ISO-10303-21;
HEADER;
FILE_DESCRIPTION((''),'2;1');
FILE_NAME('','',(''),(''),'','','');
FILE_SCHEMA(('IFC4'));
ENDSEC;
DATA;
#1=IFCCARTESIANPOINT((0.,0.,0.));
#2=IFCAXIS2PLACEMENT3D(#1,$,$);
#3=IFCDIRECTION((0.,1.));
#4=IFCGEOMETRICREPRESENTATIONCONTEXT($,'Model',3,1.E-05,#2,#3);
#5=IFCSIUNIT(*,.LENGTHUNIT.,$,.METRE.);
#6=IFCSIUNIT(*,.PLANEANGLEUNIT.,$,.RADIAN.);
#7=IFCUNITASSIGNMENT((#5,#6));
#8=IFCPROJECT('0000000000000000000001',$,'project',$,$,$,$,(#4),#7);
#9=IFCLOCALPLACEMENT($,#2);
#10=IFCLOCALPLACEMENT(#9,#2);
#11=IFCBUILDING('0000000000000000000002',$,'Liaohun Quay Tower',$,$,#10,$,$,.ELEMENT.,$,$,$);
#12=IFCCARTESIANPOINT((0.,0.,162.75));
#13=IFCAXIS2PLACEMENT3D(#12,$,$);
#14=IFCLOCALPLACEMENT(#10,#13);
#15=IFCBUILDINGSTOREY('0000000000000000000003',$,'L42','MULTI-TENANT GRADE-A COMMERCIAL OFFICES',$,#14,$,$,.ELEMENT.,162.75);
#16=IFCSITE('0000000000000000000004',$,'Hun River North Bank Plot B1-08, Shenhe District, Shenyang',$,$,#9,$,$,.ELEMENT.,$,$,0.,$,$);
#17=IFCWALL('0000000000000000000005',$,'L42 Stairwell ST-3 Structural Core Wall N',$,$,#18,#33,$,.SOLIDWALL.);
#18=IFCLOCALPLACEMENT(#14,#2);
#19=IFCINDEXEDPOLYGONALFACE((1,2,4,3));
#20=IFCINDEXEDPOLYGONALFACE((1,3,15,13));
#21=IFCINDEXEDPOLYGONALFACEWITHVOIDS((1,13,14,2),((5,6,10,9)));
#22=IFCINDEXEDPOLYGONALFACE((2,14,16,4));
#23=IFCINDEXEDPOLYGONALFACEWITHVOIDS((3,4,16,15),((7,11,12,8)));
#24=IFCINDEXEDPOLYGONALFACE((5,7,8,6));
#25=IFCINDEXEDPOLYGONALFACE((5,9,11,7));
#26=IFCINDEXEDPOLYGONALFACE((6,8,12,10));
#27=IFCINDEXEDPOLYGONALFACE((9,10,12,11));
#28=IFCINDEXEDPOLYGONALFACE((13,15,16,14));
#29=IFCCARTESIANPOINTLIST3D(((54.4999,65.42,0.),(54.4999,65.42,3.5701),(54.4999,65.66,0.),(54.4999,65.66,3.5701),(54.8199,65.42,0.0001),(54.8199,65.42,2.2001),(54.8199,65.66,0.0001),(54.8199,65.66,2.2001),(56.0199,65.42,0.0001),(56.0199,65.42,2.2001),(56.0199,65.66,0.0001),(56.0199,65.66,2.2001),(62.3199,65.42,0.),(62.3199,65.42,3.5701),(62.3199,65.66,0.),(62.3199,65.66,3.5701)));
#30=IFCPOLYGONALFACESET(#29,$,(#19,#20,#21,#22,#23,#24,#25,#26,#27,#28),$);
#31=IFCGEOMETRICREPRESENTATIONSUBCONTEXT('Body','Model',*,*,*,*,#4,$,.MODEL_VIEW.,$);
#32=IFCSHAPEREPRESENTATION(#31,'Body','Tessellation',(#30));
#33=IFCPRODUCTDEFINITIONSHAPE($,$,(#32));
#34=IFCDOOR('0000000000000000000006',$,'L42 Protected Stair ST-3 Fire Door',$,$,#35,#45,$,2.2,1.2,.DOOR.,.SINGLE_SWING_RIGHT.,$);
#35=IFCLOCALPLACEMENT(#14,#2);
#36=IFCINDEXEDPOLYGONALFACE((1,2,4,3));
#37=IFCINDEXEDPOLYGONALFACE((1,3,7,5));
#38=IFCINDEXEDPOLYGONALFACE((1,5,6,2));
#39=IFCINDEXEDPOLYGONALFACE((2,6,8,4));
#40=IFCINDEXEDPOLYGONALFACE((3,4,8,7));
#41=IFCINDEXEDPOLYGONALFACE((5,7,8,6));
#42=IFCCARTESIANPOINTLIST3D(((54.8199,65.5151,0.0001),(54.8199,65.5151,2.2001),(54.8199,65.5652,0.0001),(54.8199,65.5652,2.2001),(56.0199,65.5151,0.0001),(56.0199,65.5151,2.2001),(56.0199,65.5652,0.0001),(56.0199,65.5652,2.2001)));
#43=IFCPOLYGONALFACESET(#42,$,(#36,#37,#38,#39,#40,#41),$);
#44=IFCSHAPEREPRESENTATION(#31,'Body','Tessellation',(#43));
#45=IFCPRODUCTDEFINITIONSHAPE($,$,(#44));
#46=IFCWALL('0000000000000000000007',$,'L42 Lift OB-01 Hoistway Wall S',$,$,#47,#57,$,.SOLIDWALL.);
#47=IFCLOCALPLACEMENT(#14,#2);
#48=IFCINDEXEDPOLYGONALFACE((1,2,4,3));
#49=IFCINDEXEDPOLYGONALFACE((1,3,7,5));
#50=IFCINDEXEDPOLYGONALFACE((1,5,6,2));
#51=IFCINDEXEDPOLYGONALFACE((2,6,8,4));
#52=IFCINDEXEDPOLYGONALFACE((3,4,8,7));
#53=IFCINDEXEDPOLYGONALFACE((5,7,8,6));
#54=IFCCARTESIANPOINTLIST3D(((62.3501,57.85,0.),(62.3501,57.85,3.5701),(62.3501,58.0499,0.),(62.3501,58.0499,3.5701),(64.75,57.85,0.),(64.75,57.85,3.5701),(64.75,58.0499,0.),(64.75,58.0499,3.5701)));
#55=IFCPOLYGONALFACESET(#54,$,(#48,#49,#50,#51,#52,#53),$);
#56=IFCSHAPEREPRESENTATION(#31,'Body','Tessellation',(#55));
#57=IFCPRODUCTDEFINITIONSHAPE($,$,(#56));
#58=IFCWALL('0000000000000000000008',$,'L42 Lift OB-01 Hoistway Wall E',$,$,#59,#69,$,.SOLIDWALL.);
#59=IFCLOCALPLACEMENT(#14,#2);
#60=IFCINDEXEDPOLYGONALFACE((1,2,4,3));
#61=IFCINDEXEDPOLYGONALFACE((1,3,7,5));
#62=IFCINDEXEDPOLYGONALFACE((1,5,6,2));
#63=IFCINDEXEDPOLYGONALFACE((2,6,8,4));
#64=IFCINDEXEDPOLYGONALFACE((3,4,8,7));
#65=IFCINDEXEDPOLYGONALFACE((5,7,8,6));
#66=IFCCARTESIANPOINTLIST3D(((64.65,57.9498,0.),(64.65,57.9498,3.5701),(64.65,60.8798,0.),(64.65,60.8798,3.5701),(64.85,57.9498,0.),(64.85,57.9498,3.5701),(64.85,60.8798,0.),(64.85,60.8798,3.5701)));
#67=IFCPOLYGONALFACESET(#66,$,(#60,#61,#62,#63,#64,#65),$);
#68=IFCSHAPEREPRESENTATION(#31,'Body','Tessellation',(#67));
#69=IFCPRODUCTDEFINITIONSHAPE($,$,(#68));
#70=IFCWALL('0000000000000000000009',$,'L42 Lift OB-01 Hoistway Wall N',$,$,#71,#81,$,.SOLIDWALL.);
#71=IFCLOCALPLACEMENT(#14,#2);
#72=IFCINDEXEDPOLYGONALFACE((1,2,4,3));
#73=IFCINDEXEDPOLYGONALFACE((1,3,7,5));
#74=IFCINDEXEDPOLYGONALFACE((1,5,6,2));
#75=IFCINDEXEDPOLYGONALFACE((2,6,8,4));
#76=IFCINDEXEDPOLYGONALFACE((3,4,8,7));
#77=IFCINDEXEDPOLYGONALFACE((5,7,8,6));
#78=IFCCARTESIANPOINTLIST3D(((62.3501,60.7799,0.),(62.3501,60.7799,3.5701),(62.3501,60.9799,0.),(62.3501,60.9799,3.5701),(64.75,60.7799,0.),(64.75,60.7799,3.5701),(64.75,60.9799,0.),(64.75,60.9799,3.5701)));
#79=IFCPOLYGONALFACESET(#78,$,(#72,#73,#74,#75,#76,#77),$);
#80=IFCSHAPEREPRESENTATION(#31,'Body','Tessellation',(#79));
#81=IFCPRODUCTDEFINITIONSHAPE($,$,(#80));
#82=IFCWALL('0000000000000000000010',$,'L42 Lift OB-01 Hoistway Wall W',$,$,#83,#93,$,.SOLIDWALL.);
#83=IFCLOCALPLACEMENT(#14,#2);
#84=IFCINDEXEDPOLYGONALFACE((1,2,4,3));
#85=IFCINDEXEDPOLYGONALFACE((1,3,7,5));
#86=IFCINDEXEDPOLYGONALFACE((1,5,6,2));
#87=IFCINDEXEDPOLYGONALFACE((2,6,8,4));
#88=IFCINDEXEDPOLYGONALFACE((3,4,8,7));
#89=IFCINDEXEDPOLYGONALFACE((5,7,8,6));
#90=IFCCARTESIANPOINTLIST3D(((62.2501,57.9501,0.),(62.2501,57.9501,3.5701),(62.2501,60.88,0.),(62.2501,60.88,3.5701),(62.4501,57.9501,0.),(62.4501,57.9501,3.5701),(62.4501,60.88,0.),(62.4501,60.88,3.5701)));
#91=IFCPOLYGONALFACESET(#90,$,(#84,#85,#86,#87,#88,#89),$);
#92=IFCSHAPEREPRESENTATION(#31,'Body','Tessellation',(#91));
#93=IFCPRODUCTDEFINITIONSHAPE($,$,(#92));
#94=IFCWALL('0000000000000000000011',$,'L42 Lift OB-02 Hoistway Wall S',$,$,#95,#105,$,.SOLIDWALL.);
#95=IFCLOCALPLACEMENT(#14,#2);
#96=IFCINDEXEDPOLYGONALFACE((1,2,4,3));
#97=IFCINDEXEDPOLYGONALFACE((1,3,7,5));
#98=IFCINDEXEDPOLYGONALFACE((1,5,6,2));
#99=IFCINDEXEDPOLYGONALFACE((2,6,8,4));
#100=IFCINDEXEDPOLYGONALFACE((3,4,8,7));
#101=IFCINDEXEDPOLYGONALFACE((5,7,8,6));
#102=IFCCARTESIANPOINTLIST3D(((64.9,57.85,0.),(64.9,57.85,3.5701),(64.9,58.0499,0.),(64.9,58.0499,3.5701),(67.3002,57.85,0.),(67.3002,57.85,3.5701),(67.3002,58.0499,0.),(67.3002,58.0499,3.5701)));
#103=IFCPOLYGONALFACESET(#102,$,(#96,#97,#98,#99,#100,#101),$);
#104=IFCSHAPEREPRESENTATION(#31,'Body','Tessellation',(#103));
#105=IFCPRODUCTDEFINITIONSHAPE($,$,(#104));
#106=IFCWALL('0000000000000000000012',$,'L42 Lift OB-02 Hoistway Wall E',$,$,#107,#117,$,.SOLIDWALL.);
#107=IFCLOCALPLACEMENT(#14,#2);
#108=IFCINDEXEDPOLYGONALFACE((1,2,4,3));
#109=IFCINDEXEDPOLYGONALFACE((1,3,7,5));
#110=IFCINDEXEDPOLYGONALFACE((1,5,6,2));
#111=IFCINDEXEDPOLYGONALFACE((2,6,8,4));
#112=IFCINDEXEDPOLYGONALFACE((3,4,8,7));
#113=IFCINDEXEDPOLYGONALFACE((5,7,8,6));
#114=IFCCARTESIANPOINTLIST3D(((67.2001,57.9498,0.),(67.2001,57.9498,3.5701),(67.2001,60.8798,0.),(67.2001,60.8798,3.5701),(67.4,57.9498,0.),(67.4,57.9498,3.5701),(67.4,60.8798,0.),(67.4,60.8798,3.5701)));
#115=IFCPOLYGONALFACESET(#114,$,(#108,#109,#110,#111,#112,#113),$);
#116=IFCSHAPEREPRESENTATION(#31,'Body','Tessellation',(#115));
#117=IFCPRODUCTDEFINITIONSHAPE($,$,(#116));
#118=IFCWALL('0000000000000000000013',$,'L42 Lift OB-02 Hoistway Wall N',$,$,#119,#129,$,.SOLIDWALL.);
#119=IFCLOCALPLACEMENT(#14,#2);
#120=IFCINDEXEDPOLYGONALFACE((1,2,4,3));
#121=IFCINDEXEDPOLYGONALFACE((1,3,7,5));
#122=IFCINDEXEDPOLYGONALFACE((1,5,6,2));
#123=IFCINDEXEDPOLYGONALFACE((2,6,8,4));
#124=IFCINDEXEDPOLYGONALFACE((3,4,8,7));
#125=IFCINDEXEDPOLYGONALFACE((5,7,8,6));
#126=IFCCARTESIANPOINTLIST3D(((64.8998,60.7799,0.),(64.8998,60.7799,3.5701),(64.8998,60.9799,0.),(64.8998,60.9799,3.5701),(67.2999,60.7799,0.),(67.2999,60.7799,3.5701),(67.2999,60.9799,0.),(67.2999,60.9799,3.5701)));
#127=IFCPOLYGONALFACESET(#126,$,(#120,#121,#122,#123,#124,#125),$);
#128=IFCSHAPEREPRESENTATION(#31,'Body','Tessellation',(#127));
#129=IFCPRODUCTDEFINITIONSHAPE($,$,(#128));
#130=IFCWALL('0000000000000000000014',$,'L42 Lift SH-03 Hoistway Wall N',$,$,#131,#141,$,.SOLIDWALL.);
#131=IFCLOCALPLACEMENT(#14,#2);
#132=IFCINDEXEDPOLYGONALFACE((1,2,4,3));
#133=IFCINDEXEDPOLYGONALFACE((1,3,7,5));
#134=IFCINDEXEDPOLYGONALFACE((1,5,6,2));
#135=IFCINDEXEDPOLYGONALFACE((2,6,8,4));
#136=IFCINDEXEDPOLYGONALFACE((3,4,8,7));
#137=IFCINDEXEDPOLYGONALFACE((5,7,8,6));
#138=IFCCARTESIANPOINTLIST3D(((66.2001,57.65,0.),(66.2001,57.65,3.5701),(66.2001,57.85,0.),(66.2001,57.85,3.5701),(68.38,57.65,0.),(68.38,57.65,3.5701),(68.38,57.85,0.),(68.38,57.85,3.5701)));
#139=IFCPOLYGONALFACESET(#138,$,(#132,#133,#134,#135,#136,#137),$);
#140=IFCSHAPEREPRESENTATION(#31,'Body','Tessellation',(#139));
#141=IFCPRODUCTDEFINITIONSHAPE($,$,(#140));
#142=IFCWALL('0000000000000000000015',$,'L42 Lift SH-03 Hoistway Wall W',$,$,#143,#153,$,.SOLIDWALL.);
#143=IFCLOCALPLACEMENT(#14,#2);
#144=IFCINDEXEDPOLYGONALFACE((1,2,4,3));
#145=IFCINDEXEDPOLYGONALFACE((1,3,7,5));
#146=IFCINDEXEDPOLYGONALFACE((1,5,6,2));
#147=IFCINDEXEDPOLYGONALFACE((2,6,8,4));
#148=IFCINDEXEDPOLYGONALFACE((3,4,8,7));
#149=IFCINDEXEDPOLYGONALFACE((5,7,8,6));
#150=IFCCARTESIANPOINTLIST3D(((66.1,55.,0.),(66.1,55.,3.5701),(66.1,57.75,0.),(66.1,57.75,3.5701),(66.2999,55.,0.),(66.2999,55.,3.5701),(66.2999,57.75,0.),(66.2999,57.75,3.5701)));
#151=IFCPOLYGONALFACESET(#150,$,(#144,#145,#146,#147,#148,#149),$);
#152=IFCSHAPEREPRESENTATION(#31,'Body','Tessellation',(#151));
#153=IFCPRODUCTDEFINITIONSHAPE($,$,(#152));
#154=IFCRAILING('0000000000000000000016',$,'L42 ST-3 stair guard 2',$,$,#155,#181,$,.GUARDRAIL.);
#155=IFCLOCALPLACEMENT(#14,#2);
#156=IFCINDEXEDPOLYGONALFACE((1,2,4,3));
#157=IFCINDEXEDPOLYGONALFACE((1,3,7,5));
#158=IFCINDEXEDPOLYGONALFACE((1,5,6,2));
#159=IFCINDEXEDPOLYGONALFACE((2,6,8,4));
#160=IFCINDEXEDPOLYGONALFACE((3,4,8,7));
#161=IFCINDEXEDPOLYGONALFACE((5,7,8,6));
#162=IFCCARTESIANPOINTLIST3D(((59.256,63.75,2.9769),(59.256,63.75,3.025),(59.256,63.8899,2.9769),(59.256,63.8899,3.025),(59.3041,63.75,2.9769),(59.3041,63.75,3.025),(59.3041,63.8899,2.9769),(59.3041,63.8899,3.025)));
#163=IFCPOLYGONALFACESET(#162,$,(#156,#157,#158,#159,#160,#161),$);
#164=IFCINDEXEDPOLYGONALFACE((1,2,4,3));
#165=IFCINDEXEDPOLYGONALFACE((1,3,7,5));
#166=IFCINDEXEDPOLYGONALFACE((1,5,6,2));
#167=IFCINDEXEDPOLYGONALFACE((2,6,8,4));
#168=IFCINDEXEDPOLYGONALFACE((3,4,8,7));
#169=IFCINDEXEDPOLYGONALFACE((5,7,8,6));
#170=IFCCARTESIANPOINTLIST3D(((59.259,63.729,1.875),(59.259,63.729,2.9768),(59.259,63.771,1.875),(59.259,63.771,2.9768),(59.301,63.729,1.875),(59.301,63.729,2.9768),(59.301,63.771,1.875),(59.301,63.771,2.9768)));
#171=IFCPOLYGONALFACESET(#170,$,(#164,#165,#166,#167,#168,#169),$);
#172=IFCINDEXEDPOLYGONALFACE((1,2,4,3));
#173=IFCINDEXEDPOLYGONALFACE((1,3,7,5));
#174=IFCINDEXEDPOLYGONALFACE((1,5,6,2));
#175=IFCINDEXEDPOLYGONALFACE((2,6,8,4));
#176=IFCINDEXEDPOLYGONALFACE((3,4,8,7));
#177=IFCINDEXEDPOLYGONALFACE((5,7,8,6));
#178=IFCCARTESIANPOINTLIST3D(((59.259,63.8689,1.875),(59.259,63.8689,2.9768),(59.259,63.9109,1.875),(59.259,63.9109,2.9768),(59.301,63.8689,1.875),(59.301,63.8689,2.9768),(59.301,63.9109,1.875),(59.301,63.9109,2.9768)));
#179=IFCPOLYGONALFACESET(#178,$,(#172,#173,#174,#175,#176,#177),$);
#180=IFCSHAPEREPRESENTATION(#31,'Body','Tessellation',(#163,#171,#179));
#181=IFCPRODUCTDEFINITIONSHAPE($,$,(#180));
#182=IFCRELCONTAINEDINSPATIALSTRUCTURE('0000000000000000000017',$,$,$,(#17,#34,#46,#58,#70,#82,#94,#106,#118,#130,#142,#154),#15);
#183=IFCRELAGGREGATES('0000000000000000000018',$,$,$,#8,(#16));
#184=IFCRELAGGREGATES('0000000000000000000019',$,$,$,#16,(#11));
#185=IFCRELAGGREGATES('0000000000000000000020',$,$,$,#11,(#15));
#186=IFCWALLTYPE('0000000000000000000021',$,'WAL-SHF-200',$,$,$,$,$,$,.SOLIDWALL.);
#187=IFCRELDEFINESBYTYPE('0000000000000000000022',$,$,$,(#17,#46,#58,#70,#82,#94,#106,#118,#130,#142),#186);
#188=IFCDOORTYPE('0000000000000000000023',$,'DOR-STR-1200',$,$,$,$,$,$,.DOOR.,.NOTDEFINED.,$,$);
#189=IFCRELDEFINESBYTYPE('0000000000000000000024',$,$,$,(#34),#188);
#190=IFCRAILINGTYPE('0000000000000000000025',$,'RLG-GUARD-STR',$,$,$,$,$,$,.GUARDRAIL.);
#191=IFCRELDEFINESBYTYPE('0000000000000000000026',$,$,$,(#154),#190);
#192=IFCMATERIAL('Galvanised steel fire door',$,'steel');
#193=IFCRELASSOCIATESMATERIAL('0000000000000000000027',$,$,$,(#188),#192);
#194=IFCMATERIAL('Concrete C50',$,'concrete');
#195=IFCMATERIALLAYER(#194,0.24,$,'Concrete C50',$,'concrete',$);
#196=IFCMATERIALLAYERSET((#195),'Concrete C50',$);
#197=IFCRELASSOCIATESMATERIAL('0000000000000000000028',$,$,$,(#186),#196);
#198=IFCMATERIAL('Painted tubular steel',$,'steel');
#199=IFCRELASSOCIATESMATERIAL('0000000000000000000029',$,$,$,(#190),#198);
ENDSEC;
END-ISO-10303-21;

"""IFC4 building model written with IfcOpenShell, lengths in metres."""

from ifc_helpers import new_model, si_unit, direction, frame, frame_2d, origin, origin_2d, place, context, subcontext, project, spatial, rectangle, extrude, source, transform, mapped, material, layer, layer_set, type_object, element, fill, save


model = new_model("IFC4")

# Units and contexts
model_context = context("Model", 3, precision=1e-05, world=origin(), true_north=direction((0.0, 1.0)))
body_context = subcontext(model_context, "Body", "Model", "MODEL_VIEW")
ifc_project = project(units=[si_unit("LENGTHUNIT", "METRE"), si_unit("PLANEANGLEUNIT", "RADIAN")], contexts=[model_context])

# Site, building, storey
site_placement = place(None, origin())
site = spatial("IfcSite", under=ifc_project, at=site_placement, Name="Hun River North Bank Plot B1-08, Shenhe District, Shenyang", CompositionType="ELEMENT", RefElevation=0.0)
building_placement = place(site_placement, origin())
building = spatial("IfcBuilding", under=site, at=building_placement, Name="Liaohun Quay Tower", CompositionType="ELEMENT")
storey_placement = place(building_placement, frame((0.0, 0.0, 162.75)))
storey = spatial("IfcBuildingStorey", under=building, at=storey_placement, Name="L42", Description="MULTI-TENANT GRADE-A COMMERCIAL OFFICES", CompositionType="ELEMENT", Elevation=162.75)

# Shared definitions
ifc_material_1 = material(Name="Galvanised steel fire door", Category="steel")
door_type_1 = type_object("IfcDoorType", Name="DOR-STR-1200", OperationType="NOTDEFINED", PredefinedType="DOOR", material=ifc_material_1)
shared_shape_1 = source(origin(), body_context, "Body", "SweptSolid", [
    extrude(rectangle(XDim=1.2, YDim=2.2, at=frame_2d((0.6001, 1.1001))), frame((0.0, 0.0249, 0.0), z_axis=(0.0, -1.0, 0.0), x_axis=(1.0, 0.0, 0.0)), (0.0, 0.0, 1.0), 0.05),
])

# Shared definitions
ifc_material_2 = material(Name="Concrete C50", Category="concrete")
ifc_layer_1 = layer(ifc_material_2, 0.24, Name="Concrete C50", Category="concrete")
ifc_layer_set_1 = layer_set([ifc_layer_1], Name="Concrete C50")
wall_type_1 = type_object("IfcWallType", Name="WAL-SHF-200", PredefinedType="SOLIDWALL", material=ifc_layer_set_1)

# Wall, opening, door
wall_1_placement = place(storey_placement, frame((62.3201, 65.54, 0.0), z_axis=(0.0, 0.0, 1.0), x_axis=(-1.0, 0.0, 0.0)))
wall_1 = element("IfcWall", 1, at=wall_1_placement, inside=storey, type_object=wall_type_1, Name="L42 Stairwell ST-3 Structural Core Wall N", PredefinedType="SOLIDWALL", context=body_context, shape_type="SweptSolid", body=[
    extrude(rectangle(XDim=7.8201, YDim=0.24, at=frame_2d((3.9102, 0.0))), origin(), (0.0, 0.0, 1.0), 3.5701),
])
shared_shape_2 = source(origin(), body_context, "Body", "SweptSolid", [
    extrude(rectangle(XDim=1.2, YDim=2.2, at=frame_2d((0.6001, 1.1001))), frame((0.0, 0.1299, 0.0), z_axis=(0.0, -1.0, 0.0), x_axis=(1.0, 0.0, 0.0)), (0.0, 0.0, 1.0), 0.26),
])
opening_1_placement = place(wall_1_placement, frame((6.3, 0.0, 0.0)))
opening_1 = element("IfcOpeningElement", 2, at=opening_1_placement, cuts=wall_1, PredefinedType="OPENING", context=body_context, shape_type="MappedRepresentation", body=[
    mapped(shared_shape_2, transform((0.0, 0.0, 0.0), x_axis=(1.0, 0.0, 0.0), y_axis=(0.0, 1.0, 0.0), z_axis=(0.0, 0.0, 1.0), scale=1.0)),
])
door_1_placement = place(opening_1_placement, origin())
door_1 = element("IfcDoor", 3, at=door_1_placement, inside=storey, type_object=door_type_1, Name="L42 Protected Stair ST-3 Fire Door", OperationType="SINGLE_SWING_RIGHT", OverallHeight=2.2, OverallWidth=1.2, PredefinedType="DOOR", context=body_context, shape_type="MappedRepresentation", body=[
    mapped(shared_shape_1, transform((0.0, 0.0, 0.0), x_axis=(1.0, 0.0, 0.0), y_axis=(0.0, 1.0, 0.0), z_axis=(0.0, 0.0, 1.0), scale=1.0)),
])
fill(opening_1, door_1)

# Walls
wall_2_placement = place(storey_placement, frame((62.3501, 57.95, 0.0), z_axis=(0.0, 0.0, 1.0), x_axis=(1.0, 0.0, 0.0)))
element("IfcWall", 4, at=wall_2_placement, inside=storey, type_object=wall_type_1, Name="L42 Lift OB-01 Hoistway Wall S", PredefinedType="SOLIDWALL", context=body_context, shape_type="SweptSolid", body=[
    extrude(rectangle(XDim=2.3999, YDim=0.2, at=frame_2d((1.2, 0.0))), origin(), (0.0, 0.0, 1.0), 3.5701),
])
wall_3_placement = place(storey_placement, frame((64.75, 57.95, 0.0), z_axis=(0.0, 0.0, 1.0), x_axis=(0.0, 1.0, 0.0)))
element("IfcWall", 5, at=wall_3_placement, inside=storey, type_object=wall_type_1, Name="L42 Lift OB-01 Hoistway Wall E", PredefinedType="SOLIDWALL", context=body_context, shape_type="SweptSolid", body=[
    extrude(rectangle(XDim=2.9299, YDim=0.2, at=frame_2d((1.4648, 0.0))), origin(), (0.0, 0.0, 1.0), 3.5701),
])
wall_4_placement = place(storey_placement, frame((64.75, 60.8799, 0.0), z_axis=(0.0, 0.0, 1.0), x_axis=(-1.0, 0.0, 0.0)))
element("IfcWall", 6, at=wall_4_placement, inside=storey, type_object=wall_type_1, Name="L42 Lift OB-01 Hoistway Wall N", PredefinedType="SOLIDWALL", context=body_context, shape_type="SweptSolid", body=[
    extrude(rectangle(XDim=2.3999, YDim=0.2, at=frame_2d((1.2, 0.0))), origin(), (0.0, 0.0, 1.0), 3.5701),
])
wall_5_placement = place(storey_placement, frame((62.3501, 60.8799, 0.0), z_axis=(0.0, 0.0, 1.0), x_axis=(0.0, -1.0, 0.0)))
element("IfcWall", 7, at=wall_5_placement, inside=storey, type_object=wall_type_1, Name="L42 Lift OB-01 Hoistway Wall W", PredefinedType="SOLIDWALL", context=body_context, shape_type="SweptSolid", body=[
    extrude(rectangle(XDim=2.9299, YDim=0.2, at=frame_2d((1.4648, 0.0))), origin(), (0.0, 0.0, 1.0), 3.5701),
])
wall_6_placement = place(storey_placement, frame((64.8999, 57.95, 0.0), z_axis=(0.0, 0.0, 1.0), x_axis=(1.0, 0.0, 0.0)))
element("IfcWall", 8, at=wall_6_placement, inside=storey, type_object=wall_type_1, Name="L42 Lift OB-02 Hoistway Wall S", PredefinedType="SOLIDWALL", context=body_context, shape_type="SweptSolid", body=[
    extrude(rectangle(XDim=2.4001, YDim=0.2, at=frame_2d((1.2002, 0.0))), origin(), (0.0, 0.0, 1.0), 3.5701),
])
wall_7_placement = place(storey_placement, frame((67.3, 57.95, 0.0), z_axis=(0.0, 0.0, 1.0), x_axis=(0.0, 1.0, 0.0)))
element("IfcWall", 9, at=wall_7_placement, inside=storey, type_object=wall_type_1, Name="L42 Lift OB-02 Hoistway Wall E", PredefinedType="SOLIDWALL", context=body_context, shape_type="SweptSolid", body=[
    extrude(rectangle(XDim=2.9299, YDim=0.2, at=frame_2d((1.4648, 0.0))), origin(), (0.0, 0.0, 1.0), 3.5701),
])
wall_8_placement = place(storey_placement, frame((67.3, 60.8799, 0.0), z_axis=(0.0, 0.0, 1.0), x_axis=(-1.0, 0.0, 0.0)))
element("IfcWall", 10, at=wall_8_placement, inside=storey, type_object=wall_type_1, Name="L42 Lift OB-02 Hoistway Wall N", PredefinedType="SOLIDWALL", context=body_context, shape_type="SweptSolid", body=[
    extrude(rectangle(XDim=2.4001, YDim=0.2, at=frame_2d((1.2002, 0.0))), origin(), (0.0, 0.0, 1.0), 3.5701),
])
wall_9_placement = place(storey_placement, frame((68.3799, 57.75, 0.0), z_axis=(0.0, 0.0, 1.0), x_axis=(-1.0, 0.0, 0.0)))
element("IfcWall", 11, at=wall_9_placement, inside=storey, type_object=wall_type_1, Name="L42 Lift SH-03 Hoistway Wall N", PredefinedType="SOLIDWALL", context=body_context, shape_type="SweptSolid", body=[
    extrude(rectangle(XDim=2.1799, YDim=0.2, at=frame_2d((1.0898, 0.0))), origin(), (0.0, 0.0, 1.0), 3.5701),
])
wall_10_placement = place(storey_placement, frame((66.2, 57.75, 0.0), z_axis=(0.0, 0.0, 1.0), x_axis=(0.0, -1.0, 0.0)))
element("IfcWall", 12, at=wall_10_placement, inside=storey, type_object=wall_type_1, Name="L42 Lift SH-03 Hoistway Wall W", PredefinedType="SOLIDWALL", context=body_context, shape_type="SweptSolid", body=[
    extrude(rectangle(XDim=2.75, YDim=0.2, at=frame_2d((1.375, 0.0))), origin(), (0.0, 0.0, 1.0), 3.5701),
])

# Railing
ifc_material_3 = material(Name="Painted tubular steel", Category="steel")
railing_type = type_object("IfcRailingType", Name="RLG-GUARD-STR", PredefinedType="GUARDRAIL", material=ifc_material_3)
railing_placement = place(storey_placement, frame((59.28, 63.75, 1.875)))
element("IfcRailing", 13, at=railing_placement, inside=storey, type_object=railing_type, Name="L42 ST-3 stair guard 2", PredefinedType="GUARDRAIL", context=body_context, shape_type="SweptSolid", body=[
    extrude(rectangle(XDim=0.0481, YDim=0.0481, at=origin_2d()), frame((0.0, 0.0, 1.126), z_axis=(0.0, 1.0, 0.0), x_axis=(-1.0, 0.0, 0.0)), (0.0, 0.0, 1.0), 0.1399),
    extrude(rectangle(XDim=0.042, YDim=0.042, at=origin_2d()), origin(), (0.0, 0.0, 1.0), 1.1018),
    extrude(rectangle(XDim=0.042, YDim=0.042, at=origin_2d()), frame((0.0, 0.1399, 0.0)), (0.0, 0.0, 1.0), 1.1018),
])

save(model, "model.ifc")
